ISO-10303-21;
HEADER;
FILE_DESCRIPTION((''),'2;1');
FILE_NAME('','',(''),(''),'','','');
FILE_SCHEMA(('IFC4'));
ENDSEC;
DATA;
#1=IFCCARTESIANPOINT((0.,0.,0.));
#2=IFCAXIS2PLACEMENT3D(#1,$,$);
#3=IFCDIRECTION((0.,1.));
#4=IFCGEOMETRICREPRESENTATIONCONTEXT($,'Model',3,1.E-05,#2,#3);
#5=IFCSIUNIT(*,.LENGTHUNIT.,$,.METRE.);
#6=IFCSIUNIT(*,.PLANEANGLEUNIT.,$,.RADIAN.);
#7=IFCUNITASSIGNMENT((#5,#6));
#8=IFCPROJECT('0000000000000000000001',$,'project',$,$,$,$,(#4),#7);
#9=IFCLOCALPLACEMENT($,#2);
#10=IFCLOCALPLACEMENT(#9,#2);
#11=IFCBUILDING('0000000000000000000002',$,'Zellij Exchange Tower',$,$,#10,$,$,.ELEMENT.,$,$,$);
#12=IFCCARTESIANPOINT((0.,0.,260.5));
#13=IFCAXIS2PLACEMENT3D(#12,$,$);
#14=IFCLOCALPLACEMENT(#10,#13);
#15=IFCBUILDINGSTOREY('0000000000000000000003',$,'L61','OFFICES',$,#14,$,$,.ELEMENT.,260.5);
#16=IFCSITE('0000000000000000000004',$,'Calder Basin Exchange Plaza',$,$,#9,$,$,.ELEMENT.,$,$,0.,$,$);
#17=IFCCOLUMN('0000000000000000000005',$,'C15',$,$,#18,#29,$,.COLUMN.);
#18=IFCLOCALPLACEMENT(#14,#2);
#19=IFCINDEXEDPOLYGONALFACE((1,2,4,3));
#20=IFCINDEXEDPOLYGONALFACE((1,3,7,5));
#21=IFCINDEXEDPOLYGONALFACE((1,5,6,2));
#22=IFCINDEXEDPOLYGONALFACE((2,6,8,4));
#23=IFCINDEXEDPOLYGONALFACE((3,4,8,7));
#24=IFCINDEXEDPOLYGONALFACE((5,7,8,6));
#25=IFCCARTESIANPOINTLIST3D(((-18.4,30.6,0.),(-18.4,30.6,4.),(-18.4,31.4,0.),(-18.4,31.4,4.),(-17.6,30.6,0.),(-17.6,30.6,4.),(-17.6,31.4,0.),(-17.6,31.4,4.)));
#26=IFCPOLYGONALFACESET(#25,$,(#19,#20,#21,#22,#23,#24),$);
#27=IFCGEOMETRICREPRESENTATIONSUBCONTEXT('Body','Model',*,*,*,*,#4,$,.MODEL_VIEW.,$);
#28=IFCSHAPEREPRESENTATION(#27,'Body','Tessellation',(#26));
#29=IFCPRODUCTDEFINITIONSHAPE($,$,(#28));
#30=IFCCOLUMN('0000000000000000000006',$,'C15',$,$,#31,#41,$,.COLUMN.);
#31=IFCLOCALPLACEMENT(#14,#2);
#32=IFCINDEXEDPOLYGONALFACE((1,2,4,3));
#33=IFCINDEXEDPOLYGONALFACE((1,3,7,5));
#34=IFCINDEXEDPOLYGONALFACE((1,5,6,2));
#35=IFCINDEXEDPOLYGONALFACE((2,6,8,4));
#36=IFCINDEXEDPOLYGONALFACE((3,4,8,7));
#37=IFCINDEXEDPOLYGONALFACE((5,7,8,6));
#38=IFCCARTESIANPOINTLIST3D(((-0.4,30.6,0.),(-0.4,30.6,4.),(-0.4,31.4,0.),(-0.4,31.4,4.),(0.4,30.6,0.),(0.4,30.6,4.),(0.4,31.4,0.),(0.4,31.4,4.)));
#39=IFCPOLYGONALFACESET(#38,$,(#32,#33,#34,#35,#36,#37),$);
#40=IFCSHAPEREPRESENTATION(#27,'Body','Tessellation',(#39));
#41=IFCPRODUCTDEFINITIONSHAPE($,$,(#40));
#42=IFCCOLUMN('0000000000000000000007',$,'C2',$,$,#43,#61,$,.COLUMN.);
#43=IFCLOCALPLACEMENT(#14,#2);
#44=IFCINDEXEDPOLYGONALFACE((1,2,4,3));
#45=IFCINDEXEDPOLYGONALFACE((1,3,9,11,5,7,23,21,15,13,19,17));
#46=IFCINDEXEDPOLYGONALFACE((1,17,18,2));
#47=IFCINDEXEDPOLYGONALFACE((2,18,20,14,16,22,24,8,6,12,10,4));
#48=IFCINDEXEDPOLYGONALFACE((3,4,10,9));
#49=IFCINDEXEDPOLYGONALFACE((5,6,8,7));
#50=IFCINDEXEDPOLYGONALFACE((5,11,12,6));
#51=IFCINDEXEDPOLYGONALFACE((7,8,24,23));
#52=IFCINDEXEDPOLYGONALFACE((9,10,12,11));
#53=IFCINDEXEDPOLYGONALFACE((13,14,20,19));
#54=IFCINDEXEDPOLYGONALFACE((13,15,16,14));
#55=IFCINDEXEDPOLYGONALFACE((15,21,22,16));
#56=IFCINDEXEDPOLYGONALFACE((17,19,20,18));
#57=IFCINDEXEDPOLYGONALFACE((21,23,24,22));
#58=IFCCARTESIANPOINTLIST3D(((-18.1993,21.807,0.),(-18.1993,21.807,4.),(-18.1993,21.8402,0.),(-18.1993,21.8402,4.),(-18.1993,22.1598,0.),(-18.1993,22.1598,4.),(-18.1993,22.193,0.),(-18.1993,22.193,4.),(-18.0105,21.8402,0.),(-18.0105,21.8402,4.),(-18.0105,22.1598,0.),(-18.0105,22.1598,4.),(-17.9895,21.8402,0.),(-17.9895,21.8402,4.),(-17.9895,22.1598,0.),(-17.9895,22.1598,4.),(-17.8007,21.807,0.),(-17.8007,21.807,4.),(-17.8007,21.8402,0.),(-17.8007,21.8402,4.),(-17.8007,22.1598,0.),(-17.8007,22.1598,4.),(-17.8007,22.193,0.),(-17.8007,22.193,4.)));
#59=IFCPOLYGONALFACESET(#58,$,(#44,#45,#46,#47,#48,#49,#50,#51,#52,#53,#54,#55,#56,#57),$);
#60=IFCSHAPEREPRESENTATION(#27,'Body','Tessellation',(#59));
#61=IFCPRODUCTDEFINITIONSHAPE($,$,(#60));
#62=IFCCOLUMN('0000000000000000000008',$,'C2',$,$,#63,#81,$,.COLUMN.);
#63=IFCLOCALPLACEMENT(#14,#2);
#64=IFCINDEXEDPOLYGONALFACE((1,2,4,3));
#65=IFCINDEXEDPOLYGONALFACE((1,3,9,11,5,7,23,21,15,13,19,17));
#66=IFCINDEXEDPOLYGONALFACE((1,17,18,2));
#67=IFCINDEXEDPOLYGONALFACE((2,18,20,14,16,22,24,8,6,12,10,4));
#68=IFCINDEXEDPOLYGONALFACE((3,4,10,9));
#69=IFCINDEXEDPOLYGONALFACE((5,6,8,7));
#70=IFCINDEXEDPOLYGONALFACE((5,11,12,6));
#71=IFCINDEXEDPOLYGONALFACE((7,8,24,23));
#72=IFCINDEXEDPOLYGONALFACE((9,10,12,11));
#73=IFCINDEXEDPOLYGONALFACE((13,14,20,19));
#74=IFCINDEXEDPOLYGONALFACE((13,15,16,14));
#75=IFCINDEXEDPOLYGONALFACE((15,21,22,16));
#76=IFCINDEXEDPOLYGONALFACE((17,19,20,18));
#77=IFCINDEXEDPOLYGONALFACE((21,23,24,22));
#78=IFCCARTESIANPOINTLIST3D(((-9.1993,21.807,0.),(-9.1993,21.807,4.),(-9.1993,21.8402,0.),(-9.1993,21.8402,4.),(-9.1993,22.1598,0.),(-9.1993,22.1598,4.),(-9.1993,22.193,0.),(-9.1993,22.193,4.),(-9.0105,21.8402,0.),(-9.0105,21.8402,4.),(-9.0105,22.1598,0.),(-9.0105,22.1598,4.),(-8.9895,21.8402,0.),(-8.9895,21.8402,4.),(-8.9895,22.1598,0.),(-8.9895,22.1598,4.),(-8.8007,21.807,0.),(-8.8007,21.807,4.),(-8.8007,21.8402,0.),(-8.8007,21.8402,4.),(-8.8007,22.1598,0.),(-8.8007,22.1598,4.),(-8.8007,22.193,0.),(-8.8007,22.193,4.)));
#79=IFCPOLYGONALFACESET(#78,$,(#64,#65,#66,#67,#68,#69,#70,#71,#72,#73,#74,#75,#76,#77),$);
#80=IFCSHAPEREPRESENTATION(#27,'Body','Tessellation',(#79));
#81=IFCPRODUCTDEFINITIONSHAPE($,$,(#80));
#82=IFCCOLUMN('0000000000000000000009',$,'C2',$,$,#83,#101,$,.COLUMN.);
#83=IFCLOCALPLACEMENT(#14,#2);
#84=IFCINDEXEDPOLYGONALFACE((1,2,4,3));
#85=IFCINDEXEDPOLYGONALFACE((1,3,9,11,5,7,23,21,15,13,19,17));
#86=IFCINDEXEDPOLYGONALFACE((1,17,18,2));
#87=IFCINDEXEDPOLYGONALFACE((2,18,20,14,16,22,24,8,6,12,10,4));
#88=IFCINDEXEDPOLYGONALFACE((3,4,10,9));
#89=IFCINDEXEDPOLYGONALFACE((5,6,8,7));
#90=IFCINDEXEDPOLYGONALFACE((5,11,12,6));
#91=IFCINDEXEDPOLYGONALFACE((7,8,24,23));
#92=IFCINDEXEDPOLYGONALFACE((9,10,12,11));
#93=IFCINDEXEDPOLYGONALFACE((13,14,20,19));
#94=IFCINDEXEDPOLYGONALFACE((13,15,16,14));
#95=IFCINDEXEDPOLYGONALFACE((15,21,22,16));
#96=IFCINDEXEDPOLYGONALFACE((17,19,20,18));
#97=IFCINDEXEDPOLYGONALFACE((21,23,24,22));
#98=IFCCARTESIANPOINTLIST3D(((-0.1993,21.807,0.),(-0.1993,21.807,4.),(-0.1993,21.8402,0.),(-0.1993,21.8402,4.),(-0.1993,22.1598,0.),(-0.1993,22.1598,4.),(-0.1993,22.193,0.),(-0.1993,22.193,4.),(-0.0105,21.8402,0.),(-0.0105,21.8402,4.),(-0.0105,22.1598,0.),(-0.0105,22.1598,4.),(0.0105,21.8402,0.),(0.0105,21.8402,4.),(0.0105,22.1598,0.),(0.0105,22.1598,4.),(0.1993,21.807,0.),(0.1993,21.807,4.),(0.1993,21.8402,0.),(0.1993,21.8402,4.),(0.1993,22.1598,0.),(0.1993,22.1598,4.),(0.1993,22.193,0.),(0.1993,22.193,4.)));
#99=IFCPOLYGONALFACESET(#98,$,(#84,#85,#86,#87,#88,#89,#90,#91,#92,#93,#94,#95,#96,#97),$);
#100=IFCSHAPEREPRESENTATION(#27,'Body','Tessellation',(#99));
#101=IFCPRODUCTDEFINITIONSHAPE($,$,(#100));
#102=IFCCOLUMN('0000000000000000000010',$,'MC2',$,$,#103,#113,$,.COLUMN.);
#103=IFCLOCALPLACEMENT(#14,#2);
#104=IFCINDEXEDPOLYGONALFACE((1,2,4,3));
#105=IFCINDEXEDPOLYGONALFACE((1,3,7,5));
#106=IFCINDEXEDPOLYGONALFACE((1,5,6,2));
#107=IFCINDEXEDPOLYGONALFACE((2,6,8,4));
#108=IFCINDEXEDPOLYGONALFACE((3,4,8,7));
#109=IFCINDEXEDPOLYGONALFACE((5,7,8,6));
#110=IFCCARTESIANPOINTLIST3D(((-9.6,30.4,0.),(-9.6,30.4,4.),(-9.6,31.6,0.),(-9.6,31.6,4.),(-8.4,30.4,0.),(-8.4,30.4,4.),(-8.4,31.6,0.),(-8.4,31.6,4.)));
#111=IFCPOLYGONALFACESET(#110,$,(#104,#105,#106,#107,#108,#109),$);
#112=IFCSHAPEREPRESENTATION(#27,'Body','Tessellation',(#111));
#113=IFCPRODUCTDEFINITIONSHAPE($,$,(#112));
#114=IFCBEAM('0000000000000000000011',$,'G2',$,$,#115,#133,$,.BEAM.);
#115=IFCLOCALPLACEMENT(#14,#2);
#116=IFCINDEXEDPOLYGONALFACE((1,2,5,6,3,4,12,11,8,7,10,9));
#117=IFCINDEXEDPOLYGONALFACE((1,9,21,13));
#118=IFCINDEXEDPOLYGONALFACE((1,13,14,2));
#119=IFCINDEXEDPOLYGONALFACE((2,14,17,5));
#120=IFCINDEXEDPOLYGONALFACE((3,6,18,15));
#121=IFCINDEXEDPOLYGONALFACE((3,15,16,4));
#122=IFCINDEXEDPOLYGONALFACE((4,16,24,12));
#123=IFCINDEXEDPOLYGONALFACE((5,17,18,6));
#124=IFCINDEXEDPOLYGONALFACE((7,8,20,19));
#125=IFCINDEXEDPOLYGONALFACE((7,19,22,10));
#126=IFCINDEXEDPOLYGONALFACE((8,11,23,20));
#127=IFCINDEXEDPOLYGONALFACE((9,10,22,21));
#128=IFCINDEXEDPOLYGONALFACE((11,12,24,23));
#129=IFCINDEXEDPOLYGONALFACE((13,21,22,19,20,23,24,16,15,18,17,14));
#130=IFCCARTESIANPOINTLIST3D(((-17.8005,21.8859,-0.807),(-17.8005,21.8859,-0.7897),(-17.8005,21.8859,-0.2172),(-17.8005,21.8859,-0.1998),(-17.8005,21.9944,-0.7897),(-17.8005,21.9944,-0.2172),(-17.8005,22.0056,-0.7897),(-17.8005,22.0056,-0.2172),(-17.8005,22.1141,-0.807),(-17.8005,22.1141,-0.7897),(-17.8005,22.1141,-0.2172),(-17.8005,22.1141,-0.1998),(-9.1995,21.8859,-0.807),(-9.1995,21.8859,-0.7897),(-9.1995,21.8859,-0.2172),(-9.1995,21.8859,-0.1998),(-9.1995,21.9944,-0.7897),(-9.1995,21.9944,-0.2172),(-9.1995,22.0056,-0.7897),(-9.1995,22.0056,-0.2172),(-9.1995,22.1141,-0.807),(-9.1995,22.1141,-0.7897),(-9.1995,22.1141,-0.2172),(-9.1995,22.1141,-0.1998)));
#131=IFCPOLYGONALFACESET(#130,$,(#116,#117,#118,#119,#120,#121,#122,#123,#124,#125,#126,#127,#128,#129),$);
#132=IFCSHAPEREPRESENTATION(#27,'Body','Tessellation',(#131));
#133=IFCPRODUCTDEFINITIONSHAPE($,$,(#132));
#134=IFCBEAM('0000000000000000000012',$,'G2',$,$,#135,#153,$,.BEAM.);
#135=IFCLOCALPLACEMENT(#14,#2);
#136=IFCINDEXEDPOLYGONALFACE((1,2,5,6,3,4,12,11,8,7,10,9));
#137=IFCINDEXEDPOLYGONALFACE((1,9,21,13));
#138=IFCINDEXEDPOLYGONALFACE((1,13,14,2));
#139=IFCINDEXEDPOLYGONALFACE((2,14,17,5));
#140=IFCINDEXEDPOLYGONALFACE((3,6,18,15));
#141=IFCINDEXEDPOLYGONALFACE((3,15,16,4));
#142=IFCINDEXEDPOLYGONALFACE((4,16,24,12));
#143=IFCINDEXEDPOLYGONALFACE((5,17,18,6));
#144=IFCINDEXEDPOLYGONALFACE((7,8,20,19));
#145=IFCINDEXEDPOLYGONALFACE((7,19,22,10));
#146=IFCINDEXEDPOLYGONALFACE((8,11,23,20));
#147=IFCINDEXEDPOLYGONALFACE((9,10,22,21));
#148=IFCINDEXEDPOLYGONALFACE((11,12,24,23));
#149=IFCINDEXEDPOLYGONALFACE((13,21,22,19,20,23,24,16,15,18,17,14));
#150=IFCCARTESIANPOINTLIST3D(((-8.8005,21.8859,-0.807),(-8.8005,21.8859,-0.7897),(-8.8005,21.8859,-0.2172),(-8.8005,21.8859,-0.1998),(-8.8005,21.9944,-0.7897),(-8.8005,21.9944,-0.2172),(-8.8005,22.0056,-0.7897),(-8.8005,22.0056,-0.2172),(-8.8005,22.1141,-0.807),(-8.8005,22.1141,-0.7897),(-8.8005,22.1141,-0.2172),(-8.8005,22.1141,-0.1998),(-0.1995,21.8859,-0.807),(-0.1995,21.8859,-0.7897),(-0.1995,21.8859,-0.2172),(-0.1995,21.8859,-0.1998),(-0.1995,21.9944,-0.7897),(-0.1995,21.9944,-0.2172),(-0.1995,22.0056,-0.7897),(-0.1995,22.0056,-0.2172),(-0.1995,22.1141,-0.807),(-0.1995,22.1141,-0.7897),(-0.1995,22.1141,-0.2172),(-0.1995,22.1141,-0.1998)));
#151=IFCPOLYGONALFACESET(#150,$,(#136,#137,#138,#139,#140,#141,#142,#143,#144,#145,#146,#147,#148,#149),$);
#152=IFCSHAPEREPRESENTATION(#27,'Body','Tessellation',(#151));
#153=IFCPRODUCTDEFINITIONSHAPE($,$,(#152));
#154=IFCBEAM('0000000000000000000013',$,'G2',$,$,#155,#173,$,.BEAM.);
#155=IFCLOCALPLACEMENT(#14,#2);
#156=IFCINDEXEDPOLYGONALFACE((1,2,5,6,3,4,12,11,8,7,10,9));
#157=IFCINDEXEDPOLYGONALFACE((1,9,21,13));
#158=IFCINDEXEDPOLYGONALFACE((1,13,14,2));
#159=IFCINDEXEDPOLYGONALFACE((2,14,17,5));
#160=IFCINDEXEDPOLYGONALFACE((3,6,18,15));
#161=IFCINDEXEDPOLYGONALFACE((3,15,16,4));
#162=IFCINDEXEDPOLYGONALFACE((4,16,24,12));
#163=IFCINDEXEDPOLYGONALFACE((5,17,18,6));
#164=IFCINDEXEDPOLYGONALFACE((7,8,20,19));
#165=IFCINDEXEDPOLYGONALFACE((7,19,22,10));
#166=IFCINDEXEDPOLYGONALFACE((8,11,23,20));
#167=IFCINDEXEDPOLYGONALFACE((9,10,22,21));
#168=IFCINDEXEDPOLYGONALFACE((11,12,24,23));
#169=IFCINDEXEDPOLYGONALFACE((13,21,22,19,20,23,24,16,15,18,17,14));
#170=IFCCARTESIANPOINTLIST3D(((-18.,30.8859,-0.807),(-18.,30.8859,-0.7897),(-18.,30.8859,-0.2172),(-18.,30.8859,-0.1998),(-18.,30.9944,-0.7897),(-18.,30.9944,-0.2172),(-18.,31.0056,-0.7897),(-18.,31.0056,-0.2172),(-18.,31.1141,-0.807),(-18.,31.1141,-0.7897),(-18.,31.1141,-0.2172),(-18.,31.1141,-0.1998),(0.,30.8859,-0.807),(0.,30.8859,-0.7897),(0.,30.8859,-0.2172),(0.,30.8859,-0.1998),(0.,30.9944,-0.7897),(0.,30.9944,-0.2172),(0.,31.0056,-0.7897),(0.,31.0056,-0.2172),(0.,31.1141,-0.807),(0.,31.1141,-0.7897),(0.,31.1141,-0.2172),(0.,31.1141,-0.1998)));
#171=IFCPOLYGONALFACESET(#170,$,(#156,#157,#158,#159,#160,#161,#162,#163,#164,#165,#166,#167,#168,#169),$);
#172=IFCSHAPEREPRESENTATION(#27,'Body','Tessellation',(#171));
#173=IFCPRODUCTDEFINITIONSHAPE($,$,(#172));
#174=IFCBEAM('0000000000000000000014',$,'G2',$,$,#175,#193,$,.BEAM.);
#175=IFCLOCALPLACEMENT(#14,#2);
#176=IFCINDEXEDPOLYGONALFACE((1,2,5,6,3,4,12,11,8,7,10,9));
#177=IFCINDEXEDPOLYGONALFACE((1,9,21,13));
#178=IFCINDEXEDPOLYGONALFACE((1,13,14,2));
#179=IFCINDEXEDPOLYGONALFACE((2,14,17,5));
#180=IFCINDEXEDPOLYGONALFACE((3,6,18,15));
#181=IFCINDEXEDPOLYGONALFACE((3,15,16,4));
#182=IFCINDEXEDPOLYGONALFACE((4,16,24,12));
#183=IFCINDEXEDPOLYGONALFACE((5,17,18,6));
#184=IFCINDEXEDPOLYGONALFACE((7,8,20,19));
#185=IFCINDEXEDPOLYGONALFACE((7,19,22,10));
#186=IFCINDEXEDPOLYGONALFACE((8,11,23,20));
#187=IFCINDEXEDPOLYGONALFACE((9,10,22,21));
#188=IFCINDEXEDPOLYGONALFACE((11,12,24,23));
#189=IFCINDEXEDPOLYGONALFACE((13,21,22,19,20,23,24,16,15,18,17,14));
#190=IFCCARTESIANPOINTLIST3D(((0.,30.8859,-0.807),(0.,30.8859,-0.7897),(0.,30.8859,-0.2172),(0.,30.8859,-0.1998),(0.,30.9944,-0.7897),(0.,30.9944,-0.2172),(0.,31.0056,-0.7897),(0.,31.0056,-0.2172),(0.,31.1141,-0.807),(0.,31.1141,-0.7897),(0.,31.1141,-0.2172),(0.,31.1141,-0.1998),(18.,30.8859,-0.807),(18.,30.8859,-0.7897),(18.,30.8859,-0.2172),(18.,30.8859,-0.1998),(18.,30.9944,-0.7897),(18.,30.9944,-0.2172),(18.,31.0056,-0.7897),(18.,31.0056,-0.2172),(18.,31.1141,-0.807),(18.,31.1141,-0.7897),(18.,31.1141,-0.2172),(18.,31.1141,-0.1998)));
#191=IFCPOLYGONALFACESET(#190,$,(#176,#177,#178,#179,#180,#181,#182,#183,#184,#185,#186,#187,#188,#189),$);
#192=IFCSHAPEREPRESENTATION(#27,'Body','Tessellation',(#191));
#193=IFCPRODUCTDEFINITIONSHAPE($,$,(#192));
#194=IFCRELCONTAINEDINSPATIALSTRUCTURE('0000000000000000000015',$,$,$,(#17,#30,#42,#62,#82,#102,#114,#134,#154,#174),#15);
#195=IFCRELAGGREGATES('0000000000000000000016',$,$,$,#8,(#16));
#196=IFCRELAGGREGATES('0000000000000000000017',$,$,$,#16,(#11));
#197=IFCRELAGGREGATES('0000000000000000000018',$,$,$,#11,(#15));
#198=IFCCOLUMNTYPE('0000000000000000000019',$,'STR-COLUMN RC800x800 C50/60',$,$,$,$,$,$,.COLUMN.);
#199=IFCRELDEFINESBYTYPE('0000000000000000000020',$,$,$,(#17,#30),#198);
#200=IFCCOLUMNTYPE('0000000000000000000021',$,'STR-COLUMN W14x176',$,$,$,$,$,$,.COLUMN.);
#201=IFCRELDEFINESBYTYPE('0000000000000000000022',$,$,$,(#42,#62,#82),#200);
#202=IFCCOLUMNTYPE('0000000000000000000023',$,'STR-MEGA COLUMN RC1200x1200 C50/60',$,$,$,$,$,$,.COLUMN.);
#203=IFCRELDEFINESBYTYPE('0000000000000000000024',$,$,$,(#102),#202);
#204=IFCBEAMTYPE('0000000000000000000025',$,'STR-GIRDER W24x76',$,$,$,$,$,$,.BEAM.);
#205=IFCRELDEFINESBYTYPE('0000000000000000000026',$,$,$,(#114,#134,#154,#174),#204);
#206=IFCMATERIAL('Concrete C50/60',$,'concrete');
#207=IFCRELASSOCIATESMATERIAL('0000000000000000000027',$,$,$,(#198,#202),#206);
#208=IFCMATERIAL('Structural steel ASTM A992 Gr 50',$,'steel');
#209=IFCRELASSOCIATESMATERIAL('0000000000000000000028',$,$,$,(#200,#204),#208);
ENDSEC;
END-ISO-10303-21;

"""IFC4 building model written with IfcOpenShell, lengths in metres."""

from ifc_helpers import new_model, si_unit, direction, frame, origin, origin_2d, place, context, subcontext, project, spatial, rectangle, i_section, extrude, material, material_profile, profile_set, type_object, element, save


model = new_model("IFC4")

# Units and contexts
model_context = context("Model", 3, precision=1e-05, world=origin(), true_north=direction((0.0, 1.0)))
body_context = subcontext(model_context, "Body", "Model", "MODEL_VIEW")
ifc_project = project(units=[si_unit("LENGTHUNIT", "METRE"), si_unit("PLANEANGLEUNIT", "RADIAN")], contexts=[model_context])

# Site, building, storey
site_placement = place(None, origin())
site = spatial("IfcSite", under=ifc_project, at=site_placement, Name="Calder Basin Exchange Plaza", CompositionType="ELEMENT", RefElevation=0.0)
building_placement = place(site_placement, origin())
building = spatial("IfcBuilding", under=site, at=building_placement, Name="Zellij Exchange Tower", CompositionType="ELEMENT")
storey_placement = place(building_placement, frame((0.0, 0.0, 260.5)))
storey = spatial("IfcBuildingStorey", under=building, at=storey_placement, Name="L61", Description="OFFICES", CompositionType="ELEMENT", Elevation=260.5)

# Columns
ifc_material_1 = material(Name="Concrete C50/60", Category="concrete")
ifc_material_profile_1 = material_profile(ifc_material_1, rectangle(XDim=0.8, YDim=0.8, at=origin_2d()), Name="STR-COLUMN RC800x800 C50/60")
ifc_profile_set_1 = profile_set([ifc_material_profile_1], Name="Concrete C50/60")
column_type_1 = type_object("IfcColumnType", Name="STR-COLUMN RC800x800 C50/60", PredefinedType="COLUMN", material=ifc_profile_set_1)
for number, where, z_axis, x_axis, name in (
    (1, (-18.0, 31.0, 0.0), (0.0, 0.0, 1.0), (1.0, 0.0, 0.0), "C15"),
    (2, (0.0, 31.0, 0.0), (0.0, 0.0, 1.0), (1.0, 0.0, 0.0), "C15"),
):
    element("IfcColumn", number, at=place(storey_placement, frame(where, z_axis=z_axis, x_axis=x_axis)), inside=storey, type_object=column_type_1, Name=name, PredefinedType="COLUMN", context=body_context, shape_type="SweptSolid", body=[
        extrude(rectangle(XDim=0.8, YDim=0.8, at=origin_2d()), origin(), (0.0, 0.0, 1.0), 4.0),
    ])
ifc_material_2 = material(Name="Structural steel ASTM A992 Gr 50", Category="steel")
ifc_material_profile_2 = material_profile(ifc_material_2, i_section(OverallWidth=0.3987, OverallDepth=0.386, WebThickness=0.021, FlangeThickness=0.0332, at=origin_2d()), Name="W14x176")
ifc_profile_set_2 = profile_set([ifc_material_profile_2], Name="Structural steel ASTM A992 Gr 50")
column_type_2 = type_object("IfcColumnType", Name="STR-COLUMN W14x176", PredefinedType="COLUMN", material=ifc_profile_set_2)
for number, where, z_axis, x_axis, name in (
    (3, (-18.0, 22.0, 0.0), (0.0, 0.0, 1.0), (1.0, 0.0, 0.0), "C2"),
    (4, (-9.0, 22.0, 0.0), (0.0, 0.0, 1.0), (1.0, 0.0, 0.0), "C2"),
    (5, (0.0, 22.0, 0.0), (0.0, 0.0, 1.0), (1.0, 0.0, 0.0), "C2"),
):
    element("IfcColumn", number, at=place(storey_placement, frame(where, z_axis=z_axis, x_axis=x_axis)), inside=storey, type_object=column_type_2, Name=name, PredefinedType="COLUMN", context=body_context, shape_type="SweptSolid", body=[
        extrude(i_section(OverallWidth=0.3987, OverallDepth=0.386, WebThickness=0.021, FlangeThickness=0.0332, at=origin_2d()), origin(), (0.0, 0.0, 1.0), 4.0),
    ])
ifc_material_profile_3 = material_profile(ifc_material_1, rectangle(XDim=1.2, YDim=1.2, at=origin_2d()), Name="STR-MEGA COLUMN RC1200x1200 C50/60")
ifc_profile_set_3 = profile_set([ifc_material_profile_3], Name="Concrete C50/60")
column_type_3 = type_object("IfcColumnType", Name="STR-MEGA COLUMN RC1200x1200 C50/60", PredefinedType="COLUMN", material=ifc_profile_set_3)
column_placement = place(storey_placement, frame((-9.0, 31.0, 0.0), z_axis=(0.0, 0.0, 1.0), x_axis=(1.0, 0.0, 0.0)))
element("IfcColumn", 6, at=column_placement, inside=storey, type_object=column_type_3, Name="MC2", PredefinedType="COLUMN", context=body_context, shape_type="SweptSolid", body=[
    extrude(rectangle(XDim=1.2, YDim=1.2, at=origin_2d()), origin(), (0.0, 0.0, 1.0), 4.0),
])

# Beams
ifc_material_profile_4 = material_profile(ifc_material_2, i_section(OverallWidth=0.2283, OverallDepth=0.6072, WebThickness=0.0112, FlangeThickness=0.0173, at=origin_2d()), Name="W24x76")
ifc_profile_set_4 = profile_set([ifc_material_profile_4], Name="Structural steel ASTM A992 Gr 50")
beam_type = type_object("IfcBeamType", Name="STR-GIRDER W24x76", PredefinedType="BEAM", material=ifc_profile_set_4)
for number, where, z_axis, x_axis, name in (
    (7, (-17.8005, 22.0, -0.5034), (1.0, 0.0, 0.0), (0.0, 1.0, 0.0), "G2"),
    (8, (-8.8005, 22.0, -0.5034), (1.0, 0.0, 0.0), (0.0, 1.0, 0.0), "G2"),
):
    element("IfcBeam", number, at=place(storey_placement, frame(where, z_axis=z_axis, x_axis=x_axis)), inside=storey, type_object=beam_type, Name=name, PredefinedType="BEAM", context=body_context, shape_type="SweptSolid", body=[
        extrude(i_section(OverallWidth=0.2283, OverallDepth=0.6072, WebThickness=0.0112, FlangeThickness=0.0173, at=origin_2d()), origin(), (0.0, 0.0, 1.0), 8.6011),
    ])
for number, where, z_axis, x_axis, name in (
    (9, (-18.0, 31.0, -0.5034), (1.0, 0.0, 0.0), (0.0, 1.0, 0.0), "G2"),
    (10, (0.0, 31.0, -0.5034), (1.0, 0.0, 0.0), (0.0, 1.0, 0.0), "G2"),
):
    element("IfcBeam", number, at=place(storey_placement, frame(where, z_axis=z_axis, x_axis=x_axis)), inside=storey, type_object=beam_type, Name=name, PredefinedType="BEAM", context=body_context, shape_type="SweptSolid", body=[
        extrude(i_section(OverallWidth=0.2283, OverallDepth=0.6072, WebThickness=0.0112, FlangeThickness=0.0173, at=origin_2d()), origin(), (0.0, 0.0, 1.0), 18.0),
    ])

save(model, "model.ifc")
